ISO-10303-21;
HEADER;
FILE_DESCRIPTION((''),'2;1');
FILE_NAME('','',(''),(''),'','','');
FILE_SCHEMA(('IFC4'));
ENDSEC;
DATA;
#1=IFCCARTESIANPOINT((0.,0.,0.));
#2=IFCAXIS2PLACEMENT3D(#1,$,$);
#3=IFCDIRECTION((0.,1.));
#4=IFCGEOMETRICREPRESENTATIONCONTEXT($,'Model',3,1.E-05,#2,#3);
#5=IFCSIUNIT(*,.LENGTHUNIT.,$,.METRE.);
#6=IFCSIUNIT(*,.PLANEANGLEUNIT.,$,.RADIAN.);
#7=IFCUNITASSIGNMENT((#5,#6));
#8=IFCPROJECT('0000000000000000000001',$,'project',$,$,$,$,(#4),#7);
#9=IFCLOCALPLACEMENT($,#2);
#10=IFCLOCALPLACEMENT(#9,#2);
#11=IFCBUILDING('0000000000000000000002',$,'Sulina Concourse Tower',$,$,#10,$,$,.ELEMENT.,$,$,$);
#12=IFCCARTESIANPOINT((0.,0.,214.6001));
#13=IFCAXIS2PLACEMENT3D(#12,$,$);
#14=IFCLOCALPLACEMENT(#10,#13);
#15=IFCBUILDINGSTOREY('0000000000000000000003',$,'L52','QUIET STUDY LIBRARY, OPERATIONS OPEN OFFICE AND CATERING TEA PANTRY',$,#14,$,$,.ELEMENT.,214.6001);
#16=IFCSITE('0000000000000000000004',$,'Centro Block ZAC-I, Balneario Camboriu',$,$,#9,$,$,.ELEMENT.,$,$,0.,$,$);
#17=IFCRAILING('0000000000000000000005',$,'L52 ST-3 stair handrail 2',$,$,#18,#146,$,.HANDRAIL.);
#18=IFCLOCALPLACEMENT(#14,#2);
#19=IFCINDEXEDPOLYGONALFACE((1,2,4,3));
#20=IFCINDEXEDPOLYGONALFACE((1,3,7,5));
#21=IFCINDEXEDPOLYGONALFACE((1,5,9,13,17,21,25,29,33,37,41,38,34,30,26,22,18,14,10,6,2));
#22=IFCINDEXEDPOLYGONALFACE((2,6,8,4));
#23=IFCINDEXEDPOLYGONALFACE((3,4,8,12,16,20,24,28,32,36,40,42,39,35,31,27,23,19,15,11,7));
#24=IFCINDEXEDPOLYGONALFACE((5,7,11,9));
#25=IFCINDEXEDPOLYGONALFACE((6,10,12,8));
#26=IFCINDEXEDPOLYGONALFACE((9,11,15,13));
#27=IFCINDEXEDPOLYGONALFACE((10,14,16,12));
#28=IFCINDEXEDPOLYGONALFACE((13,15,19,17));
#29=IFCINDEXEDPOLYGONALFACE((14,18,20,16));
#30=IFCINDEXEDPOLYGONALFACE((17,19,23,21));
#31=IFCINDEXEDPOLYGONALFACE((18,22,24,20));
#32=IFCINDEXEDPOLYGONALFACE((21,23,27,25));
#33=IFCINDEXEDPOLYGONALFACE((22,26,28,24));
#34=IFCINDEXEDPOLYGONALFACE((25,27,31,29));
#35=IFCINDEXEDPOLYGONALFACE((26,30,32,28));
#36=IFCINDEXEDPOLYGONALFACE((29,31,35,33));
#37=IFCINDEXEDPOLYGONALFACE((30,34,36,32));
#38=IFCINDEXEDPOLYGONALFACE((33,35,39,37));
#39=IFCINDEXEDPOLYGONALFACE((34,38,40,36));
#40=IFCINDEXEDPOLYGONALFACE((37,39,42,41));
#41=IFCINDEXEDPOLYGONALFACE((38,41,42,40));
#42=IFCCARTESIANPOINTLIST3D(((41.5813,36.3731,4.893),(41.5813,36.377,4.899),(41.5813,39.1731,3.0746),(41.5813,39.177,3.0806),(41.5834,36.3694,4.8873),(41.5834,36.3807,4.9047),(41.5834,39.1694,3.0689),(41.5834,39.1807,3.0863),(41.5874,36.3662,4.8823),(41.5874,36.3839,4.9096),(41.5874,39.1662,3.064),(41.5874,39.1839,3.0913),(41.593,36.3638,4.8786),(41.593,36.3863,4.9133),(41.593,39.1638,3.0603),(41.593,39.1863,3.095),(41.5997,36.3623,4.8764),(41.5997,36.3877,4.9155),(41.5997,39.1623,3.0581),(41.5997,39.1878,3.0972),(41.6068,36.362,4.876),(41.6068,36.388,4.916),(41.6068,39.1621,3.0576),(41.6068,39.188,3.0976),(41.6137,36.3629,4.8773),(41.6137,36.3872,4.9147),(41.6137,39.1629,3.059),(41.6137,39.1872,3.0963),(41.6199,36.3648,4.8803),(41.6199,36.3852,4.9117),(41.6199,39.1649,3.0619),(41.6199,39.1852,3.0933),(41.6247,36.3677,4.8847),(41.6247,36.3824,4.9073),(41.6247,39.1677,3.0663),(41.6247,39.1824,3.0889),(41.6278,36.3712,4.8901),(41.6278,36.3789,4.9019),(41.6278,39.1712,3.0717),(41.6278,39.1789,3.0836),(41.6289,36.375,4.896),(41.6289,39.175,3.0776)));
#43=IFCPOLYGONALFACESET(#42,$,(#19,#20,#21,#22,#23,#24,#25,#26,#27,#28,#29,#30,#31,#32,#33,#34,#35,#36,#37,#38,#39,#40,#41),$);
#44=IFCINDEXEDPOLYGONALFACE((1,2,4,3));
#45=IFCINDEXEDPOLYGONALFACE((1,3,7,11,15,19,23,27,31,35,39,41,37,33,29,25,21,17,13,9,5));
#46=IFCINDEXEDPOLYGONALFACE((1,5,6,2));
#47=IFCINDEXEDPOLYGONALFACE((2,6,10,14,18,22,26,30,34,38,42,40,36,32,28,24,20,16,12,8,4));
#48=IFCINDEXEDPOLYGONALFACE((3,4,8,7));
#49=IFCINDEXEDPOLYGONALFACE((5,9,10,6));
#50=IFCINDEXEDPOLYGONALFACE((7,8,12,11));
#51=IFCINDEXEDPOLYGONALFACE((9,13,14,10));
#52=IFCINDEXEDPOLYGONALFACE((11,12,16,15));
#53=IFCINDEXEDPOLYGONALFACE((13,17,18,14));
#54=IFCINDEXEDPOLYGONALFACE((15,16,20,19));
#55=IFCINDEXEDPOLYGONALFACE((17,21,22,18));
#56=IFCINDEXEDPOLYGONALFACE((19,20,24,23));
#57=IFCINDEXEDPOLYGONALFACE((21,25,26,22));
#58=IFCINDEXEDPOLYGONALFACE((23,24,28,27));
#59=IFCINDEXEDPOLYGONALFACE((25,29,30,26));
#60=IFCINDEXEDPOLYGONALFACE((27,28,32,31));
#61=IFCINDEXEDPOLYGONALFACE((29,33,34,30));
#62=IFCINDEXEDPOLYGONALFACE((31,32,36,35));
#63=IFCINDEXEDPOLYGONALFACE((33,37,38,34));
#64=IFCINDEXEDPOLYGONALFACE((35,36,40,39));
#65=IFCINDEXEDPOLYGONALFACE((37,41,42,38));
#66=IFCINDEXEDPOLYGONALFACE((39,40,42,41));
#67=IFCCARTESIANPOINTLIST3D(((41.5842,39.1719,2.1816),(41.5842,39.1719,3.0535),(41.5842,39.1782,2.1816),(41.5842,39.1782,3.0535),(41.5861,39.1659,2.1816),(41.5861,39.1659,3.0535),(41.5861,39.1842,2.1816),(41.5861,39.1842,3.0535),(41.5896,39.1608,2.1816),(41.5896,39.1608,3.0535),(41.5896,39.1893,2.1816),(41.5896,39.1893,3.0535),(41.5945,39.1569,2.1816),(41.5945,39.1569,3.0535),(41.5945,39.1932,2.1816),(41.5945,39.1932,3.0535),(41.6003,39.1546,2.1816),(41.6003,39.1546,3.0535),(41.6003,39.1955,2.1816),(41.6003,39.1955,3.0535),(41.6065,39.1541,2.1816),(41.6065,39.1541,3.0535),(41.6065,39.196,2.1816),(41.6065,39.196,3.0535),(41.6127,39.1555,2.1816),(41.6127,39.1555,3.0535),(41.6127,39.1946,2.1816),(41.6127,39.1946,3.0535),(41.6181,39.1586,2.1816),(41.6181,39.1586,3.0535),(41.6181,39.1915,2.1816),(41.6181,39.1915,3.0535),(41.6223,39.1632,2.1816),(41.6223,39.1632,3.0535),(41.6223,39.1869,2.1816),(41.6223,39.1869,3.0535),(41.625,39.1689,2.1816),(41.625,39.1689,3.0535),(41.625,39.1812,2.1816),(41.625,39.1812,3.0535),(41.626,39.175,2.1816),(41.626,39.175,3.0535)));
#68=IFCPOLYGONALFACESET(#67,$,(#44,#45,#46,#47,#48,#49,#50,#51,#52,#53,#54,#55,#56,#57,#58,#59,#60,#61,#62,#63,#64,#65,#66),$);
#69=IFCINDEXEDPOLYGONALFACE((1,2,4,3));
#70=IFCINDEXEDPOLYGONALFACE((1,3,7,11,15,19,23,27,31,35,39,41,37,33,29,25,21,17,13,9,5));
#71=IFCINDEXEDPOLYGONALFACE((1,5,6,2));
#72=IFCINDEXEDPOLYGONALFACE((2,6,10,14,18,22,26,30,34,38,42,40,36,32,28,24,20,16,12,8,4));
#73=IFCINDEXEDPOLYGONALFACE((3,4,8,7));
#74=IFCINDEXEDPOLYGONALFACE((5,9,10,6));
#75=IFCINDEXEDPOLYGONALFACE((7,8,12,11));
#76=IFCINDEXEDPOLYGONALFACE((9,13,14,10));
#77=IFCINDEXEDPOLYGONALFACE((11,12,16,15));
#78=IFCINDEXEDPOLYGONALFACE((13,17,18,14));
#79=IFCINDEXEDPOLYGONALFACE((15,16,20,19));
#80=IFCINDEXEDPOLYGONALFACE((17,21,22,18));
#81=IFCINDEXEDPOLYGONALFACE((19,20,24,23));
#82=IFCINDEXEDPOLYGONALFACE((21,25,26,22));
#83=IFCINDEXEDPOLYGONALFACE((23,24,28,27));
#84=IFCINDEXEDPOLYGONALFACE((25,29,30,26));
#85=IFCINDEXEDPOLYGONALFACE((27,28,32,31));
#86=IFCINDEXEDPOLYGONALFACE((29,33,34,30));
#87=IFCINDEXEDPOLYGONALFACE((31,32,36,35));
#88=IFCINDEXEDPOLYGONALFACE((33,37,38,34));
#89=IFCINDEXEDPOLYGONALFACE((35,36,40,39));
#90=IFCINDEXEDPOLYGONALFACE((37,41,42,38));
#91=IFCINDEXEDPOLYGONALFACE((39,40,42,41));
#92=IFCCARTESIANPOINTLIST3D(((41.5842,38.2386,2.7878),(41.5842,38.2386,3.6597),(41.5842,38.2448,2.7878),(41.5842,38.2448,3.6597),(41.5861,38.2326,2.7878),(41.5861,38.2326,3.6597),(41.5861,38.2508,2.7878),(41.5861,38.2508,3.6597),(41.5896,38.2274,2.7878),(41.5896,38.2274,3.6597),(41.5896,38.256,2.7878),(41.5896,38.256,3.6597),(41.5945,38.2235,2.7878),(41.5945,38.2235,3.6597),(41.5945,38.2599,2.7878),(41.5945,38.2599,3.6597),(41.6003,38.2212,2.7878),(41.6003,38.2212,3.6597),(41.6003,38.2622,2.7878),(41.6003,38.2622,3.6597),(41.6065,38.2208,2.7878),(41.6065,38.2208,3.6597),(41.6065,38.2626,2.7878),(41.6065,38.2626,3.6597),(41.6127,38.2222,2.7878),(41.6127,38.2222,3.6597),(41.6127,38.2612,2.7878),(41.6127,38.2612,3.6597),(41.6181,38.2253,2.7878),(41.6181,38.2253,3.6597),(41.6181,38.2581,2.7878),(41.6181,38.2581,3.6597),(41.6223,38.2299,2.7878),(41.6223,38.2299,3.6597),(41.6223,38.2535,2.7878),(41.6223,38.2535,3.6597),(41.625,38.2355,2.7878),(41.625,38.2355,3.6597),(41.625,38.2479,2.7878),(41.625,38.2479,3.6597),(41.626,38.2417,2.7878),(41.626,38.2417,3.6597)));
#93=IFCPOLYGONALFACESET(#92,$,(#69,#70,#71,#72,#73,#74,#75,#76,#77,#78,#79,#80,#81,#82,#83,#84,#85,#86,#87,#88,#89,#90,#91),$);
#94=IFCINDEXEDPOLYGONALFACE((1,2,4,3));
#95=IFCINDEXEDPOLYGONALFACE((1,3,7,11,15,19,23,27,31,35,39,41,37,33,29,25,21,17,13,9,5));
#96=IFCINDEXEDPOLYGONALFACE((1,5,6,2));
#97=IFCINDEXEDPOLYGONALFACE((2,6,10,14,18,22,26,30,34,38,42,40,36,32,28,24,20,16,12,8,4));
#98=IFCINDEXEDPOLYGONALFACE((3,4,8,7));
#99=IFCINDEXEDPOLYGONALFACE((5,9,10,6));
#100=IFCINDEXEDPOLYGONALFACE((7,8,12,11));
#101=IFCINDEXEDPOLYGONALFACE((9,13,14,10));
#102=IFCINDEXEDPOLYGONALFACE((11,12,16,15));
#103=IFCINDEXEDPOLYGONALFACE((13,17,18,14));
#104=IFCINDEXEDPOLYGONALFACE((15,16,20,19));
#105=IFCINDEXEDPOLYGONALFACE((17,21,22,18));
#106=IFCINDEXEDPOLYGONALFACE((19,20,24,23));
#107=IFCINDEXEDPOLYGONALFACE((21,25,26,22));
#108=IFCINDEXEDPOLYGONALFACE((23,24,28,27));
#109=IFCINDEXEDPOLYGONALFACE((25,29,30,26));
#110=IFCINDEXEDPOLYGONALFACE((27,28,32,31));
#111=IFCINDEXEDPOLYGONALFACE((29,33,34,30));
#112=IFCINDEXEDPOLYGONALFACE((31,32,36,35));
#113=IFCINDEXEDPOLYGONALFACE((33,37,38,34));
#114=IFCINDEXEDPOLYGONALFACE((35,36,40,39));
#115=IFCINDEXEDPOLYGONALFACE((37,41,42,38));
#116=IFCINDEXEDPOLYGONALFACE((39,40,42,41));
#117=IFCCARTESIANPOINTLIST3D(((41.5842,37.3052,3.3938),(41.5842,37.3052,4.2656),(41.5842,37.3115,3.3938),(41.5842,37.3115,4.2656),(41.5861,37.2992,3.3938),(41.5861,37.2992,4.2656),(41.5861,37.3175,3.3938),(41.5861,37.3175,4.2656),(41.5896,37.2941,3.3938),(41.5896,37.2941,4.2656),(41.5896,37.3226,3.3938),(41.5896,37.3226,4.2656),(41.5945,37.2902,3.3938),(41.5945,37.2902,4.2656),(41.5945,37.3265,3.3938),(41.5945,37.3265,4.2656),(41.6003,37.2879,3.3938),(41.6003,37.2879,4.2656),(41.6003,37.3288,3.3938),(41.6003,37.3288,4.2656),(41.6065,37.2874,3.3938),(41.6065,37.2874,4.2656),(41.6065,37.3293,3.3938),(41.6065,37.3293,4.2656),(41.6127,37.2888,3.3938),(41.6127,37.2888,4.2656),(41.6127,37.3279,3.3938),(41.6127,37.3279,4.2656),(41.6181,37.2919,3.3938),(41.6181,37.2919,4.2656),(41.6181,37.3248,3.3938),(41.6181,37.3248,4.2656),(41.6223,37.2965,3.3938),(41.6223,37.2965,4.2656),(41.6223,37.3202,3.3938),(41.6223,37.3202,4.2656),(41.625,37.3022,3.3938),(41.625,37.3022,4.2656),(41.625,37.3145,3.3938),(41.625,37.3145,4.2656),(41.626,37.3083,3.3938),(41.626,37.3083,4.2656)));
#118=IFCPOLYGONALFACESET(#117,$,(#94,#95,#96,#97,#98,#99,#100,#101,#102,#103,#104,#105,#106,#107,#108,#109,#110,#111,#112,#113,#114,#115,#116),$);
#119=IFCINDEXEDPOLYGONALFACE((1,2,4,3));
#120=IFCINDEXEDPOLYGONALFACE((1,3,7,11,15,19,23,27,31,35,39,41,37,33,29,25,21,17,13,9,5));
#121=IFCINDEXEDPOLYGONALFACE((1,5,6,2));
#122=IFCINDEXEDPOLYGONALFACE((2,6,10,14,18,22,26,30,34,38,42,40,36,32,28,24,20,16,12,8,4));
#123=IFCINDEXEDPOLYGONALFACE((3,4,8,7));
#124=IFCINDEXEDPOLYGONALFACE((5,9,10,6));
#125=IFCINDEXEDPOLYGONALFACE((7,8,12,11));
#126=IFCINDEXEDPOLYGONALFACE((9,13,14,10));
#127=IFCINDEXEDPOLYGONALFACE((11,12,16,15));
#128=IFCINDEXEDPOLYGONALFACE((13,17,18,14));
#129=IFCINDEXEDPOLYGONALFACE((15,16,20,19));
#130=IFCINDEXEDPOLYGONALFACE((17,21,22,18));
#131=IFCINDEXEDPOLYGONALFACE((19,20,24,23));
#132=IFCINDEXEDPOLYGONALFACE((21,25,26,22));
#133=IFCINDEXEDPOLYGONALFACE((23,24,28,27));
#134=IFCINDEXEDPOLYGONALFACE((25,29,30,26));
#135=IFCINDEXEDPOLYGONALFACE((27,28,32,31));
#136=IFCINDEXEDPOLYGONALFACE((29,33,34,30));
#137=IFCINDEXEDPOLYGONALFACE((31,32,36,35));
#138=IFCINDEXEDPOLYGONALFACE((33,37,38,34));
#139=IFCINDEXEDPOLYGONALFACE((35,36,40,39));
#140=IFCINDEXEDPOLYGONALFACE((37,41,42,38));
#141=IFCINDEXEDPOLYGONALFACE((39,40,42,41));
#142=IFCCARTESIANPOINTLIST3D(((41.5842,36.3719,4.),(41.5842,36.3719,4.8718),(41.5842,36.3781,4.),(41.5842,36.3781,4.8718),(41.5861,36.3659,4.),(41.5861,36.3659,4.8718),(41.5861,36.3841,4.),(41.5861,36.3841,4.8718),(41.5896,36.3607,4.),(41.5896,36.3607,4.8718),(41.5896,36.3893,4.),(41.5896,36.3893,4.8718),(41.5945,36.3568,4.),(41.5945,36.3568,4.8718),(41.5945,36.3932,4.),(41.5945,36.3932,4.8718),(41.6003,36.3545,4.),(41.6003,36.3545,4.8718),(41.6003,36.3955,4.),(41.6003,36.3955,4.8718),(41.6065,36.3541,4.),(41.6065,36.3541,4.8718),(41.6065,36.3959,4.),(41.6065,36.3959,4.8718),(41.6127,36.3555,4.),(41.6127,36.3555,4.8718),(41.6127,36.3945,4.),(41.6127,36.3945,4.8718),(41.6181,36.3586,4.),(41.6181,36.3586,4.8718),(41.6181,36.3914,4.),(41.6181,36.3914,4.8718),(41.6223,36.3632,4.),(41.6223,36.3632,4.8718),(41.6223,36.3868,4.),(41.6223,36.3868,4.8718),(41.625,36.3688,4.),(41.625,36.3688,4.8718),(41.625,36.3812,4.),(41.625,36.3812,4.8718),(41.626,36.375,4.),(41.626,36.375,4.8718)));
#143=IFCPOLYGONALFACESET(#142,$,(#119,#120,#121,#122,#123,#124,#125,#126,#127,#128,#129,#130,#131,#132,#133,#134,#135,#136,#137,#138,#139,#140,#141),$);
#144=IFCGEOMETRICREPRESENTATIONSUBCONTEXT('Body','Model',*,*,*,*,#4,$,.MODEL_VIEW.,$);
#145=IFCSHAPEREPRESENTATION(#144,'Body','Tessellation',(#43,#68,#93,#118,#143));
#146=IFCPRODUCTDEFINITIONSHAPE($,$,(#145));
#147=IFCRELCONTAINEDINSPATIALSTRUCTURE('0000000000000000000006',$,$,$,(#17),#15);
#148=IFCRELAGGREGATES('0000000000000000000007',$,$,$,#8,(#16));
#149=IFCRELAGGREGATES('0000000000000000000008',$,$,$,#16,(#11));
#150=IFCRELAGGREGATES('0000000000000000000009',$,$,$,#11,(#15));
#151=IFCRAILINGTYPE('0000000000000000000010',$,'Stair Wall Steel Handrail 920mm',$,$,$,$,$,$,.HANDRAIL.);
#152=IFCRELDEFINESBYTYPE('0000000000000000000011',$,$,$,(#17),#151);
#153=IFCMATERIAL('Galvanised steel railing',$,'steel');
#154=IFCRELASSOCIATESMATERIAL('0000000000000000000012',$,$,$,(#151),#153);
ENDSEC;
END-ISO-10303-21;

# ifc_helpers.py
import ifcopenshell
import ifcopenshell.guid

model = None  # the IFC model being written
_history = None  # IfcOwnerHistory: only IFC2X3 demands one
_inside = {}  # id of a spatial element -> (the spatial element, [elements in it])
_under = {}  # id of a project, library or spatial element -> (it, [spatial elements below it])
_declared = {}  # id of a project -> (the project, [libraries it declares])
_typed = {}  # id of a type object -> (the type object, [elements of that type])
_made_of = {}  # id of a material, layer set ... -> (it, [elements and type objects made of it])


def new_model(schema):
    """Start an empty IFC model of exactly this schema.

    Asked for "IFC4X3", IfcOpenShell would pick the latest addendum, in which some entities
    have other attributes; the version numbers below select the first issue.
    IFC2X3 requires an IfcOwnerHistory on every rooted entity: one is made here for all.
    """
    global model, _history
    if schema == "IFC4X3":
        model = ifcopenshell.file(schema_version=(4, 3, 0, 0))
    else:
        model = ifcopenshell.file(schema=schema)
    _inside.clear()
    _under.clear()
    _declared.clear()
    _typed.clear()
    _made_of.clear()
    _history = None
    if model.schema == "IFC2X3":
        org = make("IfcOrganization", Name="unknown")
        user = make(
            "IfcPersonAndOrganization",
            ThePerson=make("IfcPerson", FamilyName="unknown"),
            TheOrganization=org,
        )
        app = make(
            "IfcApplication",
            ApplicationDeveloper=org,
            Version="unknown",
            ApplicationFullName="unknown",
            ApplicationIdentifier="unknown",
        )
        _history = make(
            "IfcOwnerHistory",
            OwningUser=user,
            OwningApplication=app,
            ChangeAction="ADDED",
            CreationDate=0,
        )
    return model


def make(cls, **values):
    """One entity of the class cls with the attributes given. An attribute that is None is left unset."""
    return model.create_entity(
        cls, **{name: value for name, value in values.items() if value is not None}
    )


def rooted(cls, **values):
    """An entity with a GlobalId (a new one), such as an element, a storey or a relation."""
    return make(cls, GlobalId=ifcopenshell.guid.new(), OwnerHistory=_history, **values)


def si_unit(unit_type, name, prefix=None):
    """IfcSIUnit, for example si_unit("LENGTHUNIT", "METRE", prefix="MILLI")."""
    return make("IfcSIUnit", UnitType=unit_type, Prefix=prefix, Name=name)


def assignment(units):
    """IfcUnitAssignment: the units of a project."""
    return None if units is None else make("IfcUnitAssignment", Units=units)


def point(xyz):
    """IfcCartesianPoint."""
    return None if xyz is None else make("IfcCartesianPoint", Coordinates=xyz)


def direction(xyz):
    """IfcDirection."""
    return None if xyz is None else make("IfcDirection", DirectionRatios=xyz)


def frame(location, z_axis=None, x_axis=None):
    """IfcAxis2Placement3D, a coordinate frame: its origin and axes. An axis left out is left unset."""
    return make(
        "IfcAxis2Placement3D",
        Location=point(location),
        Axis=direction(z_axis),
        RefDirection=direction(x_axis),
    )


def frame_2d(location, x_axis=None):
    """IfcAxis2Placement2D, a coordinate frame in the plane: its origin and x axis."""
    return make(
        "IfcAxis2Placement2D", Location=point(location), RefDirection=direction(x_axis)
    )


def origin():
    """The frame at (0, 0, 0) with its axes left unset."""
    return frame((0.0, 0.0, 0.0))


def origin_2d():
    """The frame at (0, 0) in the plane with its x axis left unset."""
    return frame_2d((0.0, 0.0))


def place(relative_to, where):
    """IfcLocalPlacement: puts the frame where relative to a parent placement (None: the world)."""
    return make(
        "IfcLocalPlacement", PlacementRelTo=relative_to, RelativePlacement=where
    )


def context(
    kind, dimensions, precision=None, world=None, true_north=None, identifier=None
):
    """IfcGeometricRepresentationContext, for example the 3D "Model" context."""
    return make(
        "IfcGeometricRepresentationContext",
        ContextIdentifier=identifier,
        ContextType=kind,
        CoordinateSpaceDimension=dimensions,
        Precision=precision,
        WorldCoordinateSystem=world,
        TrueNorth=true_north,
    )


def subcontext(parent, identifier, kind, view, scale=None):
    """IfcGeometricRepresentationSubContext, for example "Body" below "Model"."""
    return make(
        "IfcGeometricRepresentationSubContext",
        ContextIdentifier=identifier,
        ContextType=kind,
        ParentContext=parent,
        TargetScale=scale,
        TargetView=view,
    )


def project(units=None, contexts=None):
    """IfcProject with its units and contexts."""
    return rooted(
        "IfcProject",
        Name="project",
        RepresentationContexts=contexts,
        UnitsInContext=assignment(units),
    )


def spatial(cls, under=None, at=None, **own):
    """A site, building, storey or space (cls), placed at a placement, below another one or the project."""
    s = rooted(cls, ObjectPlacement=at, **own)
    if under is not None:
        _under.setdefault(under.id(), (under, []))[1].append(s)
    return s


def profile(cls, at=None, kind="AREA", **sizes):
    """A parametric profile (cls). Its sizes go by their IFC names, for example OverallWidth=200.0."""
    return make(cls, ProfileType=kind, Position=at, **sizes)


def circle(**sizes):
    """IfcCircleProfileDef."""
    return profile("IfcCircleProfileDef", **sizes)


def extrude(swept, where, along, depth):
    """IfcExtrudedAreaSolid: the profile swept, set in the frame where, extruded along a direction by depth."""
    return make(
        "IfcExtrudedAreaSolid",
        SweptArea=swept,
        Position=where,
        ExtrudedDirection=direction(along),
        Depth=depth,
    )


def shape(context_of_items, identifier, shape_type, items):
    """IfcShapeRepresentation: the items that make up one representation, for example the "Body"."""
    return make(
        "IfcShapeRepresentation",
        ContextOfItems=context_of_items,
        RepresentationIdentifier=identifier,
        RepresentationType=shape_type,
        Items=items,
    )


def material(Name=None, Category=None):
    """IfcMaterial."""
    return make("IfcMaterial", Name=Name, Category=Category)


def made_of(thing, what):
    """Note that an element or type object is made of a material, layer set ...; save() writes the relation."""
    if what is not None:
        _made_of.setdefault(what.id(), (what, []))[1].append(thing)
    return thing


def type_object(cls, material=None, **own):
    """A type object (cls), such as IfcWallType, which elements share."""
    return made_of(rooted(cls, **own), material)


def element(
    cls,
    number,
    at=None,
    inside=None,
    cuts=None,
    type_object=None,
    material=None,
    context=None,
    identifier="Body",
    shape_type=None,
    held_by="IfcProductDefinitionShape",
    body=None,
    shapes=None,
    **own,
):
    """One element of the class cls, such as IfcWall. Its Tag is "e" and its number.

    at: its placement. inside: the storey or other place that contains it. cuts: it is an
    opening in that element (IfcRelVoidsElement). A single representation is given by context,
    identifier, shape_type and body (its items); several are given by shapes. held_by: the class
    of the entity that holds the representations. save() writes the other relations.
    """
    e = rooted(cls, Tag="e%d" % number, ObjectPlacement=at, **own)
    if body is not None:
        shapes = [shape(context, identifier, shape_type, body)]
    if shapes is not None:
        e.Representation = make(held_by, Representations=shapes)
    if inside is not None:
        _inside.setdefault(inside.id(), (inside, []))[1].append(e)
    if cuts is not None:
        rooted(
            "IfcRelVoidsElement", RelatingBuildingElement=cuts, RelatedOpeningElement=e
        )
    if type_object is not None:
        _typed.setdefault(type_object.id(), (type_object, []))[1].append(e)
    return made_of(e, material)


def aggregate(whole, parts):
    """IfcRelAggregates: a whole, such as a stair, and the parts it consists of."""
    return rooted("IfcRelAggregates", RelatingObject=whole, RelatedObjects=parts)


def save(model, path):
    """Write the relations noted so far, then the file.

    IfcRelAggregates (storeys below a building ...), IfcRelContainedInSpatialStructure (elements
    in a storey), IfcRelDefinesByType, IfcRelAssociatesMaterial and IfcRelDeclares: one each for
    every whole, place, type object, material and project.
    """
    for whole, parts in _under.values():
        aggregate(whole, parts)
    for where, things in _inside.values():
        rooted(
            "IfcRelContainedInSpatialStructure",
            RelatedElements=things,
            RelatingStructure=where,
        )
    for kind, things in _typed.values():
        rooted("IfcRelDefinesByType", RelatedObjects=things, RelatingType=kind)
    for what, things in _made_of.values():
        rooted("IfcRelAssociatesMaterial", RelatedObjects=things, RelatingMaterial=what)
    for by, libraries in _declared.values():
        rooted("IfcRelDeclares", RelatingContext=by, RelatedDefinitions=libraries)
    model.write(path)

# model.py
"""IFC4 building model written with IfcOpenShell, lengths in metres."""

from ifc_helpers import new_model, si_unit, direction, frame, origin, origin_2d, place, context, subcontext, project, spatial, circle, extrude, material, type_object, element, save


model = new_model("IFC4")

# Units and contexts
model_context = context("Model", 3, precision=1e-05, world=origin(), true_north=direction((0.0, 1.0)))
body_context = subcontext(model_context, "Body", "Model", "MODEL_VIEW")
ifc_project = project(units=[si_unit("LENGTHUNIT", "METRE"), si_unit("PLANEANGLEUNIT", "RADIAN")], contexts=[model_context])

# Site, building, storey
site_placement = place(None, origin())
site = spatial("IfcSite", under=ifc_project, at=site_placement, Name="Centro Block ZAC-I, Balneario Camboriu", CompositionType="ELEMENT", RefElevation=0.0)
building_placement = place(site_placement, origin())
building = spatial("IfcBuilding", under=site, at=building_placement, Name="Sulina Concourse Tower", CompositionType="ELEMENT")
storey_placement = place(building_placement, frame((0.0, 0.0, 214.6001)))
storey = spatial("IfcBuildingStorey", under=building, at=storey_placement, Name="L52", Description="QUIET STUDY LIBRARY, OPERATIONS OPEN OFFICE AND CATERING TEA PANTRY", CompositionType="ELEMENT", Elevation=214.6001)

# Railing
ifc_material_1 = material(Name="Galvanised steel railing", Category="steel")
railing_type_1 = type_object("IfcRailingType", Name="Stair Wall Steel Handrail 920mm", PredefinedType="HANDRAIL", material=ifc_material_1)
railing_1_placement = place(storey_placement, frame((41.605, 39.175, 2.1816)))
element("IfcRailing", 1, at=railing_1_placement, inside=storey, type_object=railing_type_1, Name="L52 ST-3 stair handrail 2", PredefinedType="HANDRAIL", context=body_context, shape_type="SweptSolid", body=[
    extrude(circle(Radius=0.0239, at=origin_2d()), frame((0.0, 0.0, 0.896), z_axis=(0.0, -0.838672, 0.544636), x_axis=(1.0, 0.0, 0.0)), (0.0, 0.0, 1.0), 3.3386),
    extrude(circle(Radius=0.021, at=origin_2d()), origin(), (0.0, 0.0, 1.0), 0.8718),
    extrude(circle(Radius=0.021, at=origin_2d()), frame((0.0, -0.9333, 0.6062)), (0.0, 0.0, 1.0), 0.8718),
    extrude(circle(Radius=0.021, at=origin_2d()), frame((0.0, -1.8667, 1.2122)), (0.0, 0.0, 1.0), 0.8718),
    extrude(circle(Radius=0.021, at=origin_2d()), frame((0.0, -2.8, 1.8184)), (0.0, 0.0, 1.0), 0.8718),
])

save(model, "model.ifc")
